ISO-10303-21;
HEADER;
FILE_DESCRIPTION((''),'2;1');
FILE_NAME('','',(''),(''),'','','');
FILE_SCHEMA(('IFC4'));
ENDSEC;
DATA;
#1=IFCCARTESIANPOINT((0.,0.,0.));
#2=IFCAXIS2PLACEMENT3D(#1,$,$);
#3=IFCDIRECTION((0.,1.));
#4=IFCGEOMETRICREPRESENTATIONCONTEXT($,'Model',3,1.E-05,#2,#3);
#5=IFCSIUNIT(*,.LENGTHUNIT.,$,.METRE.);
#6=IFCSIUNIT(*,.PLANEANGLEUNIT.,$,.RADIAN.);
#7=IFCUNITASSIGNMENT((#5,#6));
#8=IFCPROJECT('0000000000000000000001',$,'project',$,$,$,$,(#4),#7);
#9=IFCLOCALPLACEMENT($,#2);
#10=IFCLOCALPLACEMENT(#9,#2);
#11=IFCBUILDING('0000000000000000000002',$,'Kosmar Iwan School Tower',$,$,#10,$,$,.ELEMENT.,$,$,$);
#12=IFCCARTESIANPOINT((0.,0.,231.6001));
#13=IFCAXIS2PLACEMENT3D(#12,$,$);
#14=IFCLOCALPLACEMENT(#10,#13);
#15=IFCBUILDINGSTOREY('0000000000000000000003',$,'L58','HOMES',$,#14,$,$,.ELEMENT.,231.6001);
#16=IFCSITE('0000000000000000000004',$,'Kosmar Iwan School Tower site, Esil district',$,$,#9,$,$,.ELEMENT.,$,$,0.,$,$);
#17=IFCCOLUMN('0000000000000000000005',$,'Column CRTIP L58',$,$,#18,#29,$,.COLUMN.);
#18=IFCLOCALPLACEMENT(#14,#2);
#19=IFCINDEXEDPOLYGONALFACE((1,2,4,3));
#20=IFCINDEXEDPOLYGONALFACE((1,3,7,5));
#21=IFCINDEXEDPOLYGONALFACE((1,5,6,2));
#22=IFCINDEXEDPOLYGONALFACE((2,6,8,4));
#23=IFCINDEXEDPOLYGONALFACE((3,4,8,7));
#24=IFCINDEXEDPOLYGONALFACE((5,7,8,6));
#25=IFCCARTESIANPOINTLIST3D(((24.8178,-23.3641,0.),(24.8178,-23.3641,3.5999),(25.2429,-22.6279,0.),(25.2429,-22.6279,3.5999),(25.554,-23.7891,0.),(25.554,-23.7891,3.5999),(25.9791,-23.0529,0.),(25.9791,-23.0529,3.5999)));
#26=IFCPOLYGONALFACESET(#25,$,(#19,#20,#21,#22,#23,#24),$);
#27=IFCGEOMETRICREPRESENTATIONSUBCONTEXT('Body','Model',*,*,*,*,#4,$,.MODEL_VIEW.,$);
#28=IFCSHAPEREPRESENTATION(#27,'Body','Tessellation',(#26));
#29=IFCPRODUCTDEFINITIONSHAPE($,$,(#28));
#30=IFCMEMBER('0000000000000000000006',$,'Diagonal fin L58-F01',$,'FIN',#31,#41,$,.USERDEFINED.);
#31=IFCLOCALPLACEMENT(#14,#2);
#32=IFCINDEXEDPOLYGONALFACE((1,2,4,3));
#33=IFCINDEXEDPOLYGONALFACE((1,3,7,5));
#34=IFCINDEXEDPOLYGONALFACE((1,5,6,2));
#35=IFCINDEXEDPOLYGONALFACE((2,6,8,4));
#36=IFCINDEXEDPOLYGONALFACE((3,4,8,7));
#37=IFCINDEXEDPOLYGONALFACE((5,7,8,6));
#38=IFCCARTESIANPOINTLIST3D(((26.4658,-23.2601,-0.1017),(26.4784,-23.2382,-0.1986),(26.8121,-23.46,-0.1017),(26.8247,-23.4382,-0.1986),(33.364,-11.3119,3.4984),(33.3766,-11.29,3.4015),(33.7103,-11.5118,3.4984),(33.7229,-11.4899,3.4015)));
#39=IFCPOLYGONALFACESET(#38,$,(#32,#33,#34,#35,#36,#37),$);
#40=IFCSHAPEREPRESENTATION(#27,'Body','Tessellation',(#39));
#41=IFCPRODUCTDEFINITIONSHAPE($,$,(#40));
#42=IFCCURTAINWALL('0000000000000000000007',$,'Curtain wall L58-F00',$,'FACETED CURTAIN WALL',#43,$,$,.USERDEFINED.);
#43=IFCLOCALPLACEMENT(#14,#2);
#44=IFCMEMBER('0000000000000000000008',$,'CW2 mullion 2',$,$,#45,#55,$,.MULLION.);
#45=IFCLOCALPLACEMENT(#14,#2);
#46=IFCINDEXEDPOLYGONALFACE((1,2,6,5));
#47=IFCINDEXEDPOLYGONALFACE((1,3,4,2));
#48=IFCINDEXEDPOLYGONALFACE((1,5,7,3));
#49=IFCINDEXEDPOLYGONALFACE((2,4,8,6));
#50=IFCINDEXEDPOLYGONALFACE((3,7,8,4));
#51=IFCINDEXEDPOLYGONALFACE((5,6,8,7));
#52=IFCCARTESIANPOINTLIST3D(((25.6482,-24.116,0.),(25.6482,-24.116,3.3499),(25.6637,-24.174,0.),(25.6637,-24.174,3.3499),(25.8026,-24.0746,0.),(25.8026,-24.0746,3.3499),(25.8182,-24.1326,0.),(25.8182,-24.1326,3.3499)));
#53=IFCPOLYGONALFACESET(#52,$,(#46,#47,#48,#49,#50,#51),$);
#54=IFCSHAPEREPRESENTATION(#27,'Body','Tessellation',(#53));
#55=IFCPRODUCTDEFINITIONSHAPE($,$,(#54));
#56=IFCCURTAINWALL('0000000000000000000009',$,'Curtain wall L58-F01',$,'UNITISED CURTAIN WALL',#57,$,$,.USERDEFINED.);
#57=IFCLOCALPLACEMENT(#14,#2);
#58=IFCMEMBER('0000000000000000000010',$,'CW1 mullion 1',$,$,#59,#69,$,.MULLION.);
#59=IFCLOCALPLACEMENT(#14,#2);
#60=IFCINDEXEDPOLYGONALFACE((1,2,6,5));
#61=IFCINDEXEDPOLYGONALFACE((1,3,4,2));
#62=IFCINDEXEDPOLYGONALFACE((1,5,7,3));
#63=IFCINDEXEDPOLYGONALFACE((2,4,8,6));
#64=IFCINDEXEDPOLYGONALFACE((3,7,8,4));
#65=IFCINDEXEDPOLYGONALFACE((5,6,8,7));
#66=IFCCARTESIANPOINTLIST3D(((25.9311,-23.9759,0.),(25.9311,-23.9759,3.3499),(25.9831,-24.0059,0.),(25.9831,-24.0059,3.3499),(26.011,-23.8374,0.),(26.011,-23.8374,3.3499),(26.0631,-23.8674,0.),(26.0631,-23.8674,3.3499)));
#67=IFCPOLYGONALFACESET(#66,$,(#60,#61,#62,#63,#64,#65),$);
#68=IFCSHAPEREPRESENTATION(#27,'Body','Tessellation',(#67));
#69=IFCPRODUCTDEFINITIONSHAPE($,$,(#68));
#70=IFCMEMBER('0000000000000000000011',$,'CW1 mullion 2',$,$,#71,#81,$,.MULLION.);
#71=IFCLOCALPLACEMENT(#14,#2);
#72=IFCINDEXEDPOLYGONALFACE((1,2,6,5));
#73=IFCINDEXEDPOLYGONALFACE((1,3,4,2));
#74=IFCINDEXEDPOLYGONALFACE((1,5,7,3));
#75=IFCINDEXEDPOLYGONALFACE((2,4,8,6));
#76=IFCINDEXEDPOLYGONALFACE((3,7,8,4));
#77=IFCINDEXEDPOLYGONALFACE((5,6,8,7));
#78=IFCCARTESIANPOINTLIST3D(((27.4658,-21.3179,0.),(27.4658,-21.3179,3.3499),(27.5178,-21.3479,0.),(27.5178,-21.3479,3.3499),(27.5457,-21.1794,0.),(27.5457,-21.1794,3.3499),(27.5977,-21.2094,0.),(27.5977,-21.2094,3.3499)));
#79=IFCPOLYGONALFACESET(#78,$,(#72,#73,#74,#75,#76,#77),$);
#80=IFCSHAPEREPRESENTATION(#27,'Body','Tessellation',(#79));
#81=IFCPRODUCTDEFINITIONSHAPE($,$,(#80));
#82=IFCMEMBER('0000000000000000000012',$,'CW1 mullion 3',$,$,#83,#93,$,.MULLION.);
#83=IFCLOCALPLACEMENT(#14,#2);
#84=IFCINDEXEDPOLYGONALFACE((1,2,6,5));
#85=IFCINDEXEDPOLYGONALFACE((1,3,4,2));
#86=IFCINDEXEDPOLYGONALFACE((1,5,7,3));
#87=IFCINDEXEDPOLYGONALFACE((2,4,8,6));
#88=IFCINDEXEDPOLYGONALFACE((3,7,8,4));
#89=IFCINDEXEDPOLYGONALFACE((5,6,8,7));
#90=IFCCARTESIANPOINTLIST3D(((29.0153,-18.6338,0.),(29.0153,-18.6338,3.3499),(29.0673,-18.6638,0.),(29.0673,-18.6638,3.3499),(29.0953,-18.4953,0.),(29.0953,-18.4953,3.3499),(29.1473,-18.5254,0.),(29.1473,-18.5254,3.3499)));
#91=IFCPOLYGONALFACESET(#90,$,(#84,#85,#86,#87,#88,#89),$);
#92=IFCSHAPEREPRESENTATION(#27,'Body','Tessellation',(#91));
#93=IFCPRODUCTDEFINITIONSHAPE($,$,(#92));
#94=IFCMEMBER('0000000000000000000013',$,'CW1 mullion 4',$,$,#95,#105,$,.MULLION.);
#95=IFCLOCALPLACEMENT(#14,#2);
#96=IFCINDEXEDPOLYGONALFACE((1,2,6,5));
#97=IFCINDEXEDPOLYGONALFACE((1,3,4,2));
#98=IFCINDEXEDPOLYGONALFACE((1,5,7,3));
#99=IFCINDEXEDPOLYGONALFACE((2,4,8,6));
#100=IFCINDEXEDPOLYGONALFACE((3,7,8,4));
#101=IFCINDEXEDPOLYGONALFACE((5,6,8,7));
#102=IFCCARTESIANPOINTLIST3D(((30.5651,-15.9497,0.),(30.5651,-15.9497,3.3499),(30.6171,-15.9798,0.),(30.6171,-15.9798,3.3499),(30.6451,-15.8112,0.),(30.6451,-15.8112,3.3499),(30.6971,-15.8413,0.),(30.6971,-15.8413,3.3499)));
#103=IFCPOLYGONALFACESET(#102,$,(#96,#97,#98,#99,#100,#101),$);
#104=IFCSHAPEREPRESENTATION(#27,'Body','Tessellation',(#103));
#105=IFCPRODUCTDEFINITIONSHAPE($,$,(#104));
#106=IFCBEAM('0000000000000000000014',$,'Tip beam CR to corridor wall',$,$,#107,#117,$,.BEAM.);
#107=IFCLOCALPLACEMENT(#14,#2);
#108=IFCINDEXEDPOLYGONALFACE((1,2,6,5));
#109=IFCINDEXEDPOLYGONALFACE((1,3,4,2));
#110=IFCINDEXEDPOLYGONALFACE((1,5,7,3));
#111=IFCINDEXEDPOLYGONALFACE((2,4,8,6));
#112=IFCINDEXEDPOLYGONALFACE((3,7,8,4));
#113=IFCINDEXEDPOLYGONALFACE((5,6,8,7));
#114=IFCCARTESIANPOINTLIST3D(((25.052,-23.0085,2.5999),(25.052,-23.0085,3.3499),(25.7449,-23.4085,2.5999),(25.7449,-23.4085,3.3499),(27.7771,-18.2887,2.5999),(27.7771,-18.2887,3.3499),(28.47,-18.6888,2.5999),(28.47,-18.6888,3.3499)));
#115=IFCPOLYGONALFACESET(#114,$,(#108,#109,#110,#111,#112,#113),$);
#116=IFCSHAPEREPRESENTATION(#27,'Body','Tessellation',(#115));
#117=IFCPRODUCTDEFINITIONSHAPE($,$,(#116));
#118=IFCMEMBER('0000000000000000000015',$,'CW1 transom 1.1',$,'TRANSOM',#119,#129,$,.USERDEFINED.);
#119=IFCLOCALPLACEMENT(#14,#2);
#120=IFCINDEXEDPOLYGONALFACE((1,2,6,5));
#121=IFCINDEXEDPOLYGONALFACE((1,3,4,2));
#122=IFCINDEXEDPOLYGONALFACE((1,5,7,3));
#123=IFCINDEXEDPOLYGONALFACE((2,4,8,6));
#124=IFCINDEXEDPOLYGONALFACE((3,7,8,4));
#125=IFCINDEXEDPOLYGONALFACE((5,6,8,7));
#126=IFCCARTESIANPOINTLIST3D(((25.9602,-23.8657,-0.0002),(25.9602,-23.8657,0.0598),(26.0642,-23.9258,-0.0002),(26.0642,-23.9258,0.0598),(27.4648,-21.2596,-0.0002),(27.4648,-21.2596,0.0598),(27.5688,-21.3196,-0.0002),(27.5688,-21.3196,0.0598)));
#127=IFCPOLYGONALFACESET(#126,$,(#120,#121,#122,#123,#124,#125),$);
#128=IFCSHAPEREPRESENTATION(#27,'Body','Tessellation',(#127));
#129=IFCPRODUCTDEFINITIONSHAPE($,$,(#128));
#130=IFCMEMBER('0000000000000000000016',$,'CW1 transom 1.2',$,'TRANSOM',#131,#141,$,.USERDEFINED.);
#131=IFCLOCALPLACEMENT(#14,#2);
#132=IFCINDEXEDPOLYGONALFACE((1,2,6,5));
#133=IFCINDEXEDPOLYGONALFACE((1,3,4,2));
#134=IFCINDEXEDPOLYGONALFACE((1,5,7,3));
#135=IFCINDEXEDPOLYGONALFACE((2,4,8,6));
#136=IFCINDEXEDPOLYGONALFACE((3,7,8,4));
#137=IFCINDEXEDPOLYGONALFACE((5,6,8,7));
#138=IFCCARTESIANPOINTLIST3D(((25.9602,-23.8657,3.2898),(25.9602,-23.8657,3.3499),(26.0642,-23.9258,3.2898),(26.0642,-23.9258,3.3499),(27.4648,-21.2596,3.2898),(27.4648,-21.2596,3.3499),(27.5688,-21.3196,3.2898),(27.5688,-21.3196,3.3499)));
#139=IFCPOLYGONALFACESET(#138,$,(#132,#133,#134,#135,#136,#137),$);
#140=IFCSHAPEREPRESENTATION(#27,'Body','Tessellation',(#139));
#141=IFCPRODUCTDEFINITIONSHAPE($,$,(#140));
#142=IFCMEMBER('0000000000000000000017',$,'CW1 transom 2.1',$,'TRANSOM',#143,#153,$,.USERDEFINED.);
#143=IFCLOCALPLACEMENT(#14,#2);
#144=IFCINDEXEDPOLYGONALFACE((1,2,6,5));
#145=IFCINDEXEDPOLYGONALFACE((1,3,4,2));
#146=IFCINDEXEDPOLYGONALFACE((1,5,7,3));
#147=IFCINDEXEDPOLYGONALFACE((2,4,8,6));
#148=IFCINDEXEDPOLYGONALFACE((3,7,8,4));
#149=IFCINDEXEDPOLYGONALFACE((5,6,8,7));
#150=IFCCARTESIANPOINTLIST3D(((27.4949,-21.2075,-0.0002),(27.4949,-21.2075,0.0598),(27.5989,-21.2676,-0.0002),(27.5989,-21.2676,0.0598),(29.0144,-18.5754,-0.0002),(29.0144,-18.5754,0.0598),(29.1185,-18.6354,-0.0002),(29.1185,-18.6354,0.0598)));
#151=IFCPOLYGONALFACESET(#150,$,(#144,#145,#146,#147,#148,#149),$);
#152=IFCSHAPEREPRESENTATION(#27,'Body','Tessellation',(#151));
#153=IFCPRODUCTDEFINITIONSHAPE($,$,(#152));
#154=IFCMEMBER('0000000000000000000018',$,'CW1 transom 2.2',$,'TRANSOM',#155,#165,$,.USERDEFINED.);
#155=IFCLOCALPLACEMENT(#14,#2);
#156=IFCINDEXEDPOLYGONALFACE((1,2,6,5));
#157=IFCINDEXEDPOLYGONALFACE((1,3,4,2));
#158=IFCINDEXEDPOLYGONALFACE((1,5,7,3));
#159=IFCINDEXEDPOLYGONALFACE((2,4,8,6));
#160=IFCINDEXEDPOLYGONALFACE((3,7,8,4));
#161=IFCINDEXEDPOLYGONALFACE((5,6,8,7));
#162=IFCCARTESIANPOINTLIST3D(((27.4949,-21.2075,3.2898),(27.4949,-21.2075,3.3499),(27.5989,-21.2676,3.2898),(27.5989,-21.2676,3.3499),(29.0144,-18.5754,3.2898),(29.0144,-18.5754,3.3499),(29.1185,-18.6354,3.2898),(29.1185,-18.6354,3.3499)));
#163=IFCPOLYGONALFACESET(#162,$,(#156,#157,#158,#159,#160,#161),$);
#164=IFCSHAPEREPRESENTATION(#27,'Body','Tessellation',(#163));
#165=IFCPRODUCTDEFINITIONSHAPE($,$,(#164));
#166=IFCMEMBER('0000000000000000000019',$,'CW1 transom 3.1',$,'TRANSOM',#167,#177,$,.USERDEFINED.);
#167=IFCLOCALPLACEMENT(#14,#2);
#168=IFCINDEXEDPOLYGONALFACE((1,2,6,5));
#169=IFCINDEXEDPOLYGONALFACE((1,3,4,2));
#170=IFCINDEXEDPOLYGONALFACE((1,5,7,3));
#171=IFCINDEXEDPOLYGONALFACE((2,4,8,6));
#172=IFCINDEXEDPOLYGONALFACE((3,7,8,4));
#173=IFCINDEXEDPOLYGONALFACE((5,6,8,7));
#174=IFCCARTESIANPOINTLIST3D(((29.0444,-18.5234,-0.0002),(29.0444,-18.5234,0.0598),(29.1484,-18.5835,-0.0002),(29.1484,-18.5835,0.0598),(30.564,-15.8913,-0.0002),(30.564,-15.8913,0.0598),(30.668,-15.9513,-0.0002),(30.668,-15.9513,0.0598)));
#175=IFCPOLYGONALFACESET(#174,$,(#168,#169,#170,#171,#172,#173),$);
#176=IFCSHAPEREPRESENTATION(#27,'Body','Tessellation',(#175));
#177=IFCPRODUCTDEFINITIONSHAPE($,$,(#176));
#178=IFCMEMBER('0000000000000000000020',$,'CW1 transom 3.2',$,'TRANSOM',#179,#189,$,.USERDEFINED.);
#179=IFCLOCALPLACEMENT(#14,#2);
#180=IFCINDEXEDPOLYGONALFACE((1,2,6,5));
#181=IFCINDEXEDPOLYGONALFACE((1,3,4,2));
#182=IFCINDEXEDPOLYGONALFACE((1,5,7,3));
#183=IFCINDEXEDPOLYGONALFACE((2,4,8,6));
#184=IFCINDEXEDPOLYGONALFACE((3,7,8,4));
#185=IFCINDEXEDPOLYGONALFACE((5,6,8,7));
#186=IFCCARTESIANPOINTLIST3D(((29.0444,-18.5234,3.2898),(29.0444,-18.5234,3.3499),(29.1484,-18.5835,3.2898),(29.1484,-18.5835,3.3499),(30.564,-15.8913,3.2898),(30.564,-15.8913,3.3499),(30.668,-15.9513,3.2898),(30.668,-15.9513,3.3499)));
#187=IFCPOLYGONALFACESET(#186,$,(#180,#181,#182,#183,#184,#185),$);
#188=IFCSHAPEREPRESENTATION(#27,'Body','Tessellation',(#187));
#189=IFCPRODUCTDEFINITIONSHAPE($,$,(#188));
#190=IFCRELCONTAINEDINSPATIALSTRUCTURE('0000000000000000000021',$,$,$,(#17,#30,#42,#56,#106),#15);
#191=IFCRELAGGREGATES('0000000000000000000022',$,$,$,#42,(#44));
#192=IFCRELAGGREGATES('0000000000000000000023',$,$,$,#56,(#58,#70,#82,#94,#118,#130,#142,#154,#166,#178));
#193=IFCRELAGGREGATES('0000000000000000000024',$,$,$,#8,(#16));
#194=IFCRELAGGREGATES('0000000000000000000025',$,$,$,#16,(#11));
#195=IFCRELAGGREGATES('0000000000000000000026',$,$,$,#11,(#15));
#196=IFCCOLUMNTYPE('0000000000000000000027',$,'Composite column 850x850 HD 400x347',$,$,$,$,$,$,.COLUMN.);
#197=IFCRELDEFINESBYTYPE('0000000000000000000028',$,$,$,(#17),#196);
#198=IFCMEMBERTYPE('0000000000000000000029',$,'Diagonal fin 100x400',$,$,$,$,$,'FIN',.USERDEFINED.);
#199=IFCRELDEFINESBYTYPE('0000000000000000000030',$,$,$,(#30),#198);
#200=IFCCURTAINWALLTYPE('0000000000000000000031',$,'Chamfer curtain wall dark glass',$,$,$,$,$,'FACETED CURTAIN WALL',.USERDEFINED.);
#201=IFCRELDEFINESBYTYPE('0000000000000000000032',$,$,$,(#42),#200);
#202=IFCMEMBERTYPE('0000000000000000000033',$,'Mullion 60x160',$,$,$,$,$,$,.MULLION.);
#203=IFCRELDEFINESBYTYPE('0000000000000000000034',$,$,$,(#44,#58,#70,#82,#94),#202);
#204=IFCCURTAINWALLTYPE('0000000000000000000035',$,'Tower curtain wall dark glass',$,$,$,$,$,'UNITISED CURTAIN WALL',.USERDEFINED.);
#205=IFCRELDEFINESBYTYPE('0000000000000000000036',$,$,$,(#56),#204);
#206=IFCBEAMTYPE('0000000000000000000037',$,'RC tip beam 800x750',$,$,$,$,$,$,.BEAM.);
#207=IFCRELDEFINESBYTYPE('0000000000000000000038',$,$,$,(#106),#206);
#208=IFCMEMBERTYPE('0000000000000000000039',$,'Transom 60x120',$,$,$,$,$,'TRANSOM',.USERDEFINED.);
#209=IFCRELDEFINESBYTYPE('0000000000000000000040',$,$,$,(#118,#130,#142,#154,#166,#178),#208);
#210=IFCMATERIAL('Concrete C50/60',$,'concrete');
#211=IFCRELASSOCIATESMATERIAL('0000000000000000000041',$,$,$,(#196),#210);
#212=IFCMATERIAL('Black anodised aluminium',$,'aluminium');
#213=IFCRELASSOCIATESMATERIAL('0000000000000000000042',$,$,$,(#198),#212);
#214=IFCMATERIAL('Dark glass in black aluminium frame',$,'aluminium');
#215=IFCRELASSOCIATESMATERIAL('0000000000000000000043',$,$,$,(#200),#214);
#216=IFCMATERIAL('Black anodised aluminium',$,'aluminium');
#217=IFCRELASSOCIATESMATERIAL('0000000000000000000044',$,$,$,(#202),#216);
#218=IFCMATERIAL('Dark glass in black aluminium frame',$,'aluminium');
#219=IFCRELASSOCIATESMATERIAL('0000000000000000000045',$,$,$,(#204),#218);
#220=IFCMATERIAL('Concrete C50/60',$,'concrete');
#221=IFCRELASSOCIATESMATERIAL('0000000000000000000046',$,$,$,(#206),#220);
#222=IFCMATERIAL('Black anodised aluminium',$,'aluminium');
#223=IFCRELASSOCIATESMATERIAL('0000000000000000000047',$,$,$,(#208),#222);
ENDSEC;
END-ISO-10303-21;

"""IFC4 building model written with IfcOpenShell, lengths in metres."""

from ifc_helpers import new_model, si_unit, direction, frame, origin, origin_2d, place, context, subcontext, project, spatial, rectangle, extrude, material, material_profile, profile_set, type_object, element, aggregate, save


model = new_model("IFC4")

# Units and contexts
model_context = context("Model", 3, precision=1e-05, world=origin(), true_north=direction((0.0, 1.0)))
body_context = subcontext(model_context, "Body", "Model", "MODEL_VIEW")
ifc_project = project(units=[si_unit("LENGTHUNIT", "METRE"), si_unit("PLANEANGLEUNIT", "RADIAN")], contexts=[model_context])

# Site, building, storey
site_placement = place(None, origin())
site = spatial("IfcSite", under=ifc_project, at=site_placement, Name="Kosmar Iwan School Tower site, Esil district", CompositionType="ELEMENT", RefElevation=0.0)
building_placement = place(site_placement, origin())
building = spatial("IfcBuilding", under=site, at=building_placement, Name="Kosmar Iwan School Tower", CompositionType="ELEMENT")
storey_placement = place(building_placement, frame((0.0, 0.0, 231.6001)))
storey = spatial("IfcBuildingStorey", under=building, at=storey_placement, Name="L58", Description="HOMES", CompositionType="ELEMENT", Elevation=231.6001)

# Column
ifc_material_1 = material(Name="Concrete C50/60", Category="concrete")
ifc_material_profile_1 = material_profile(ifc_material_1, rectangle(XDim=0.8501, YDim=0.8501, at=origin_2d()), Name="RC 850x850 + HD 400x347")
ifc_profile_set_1 = profile_set([ifc_material_profile_1], Name="Concrete C50/60")
column_type = type_object("IfcColumnType", Name="Composite column 850x850 HD 400x347", PredefinedType="COLUMN", material=ifc_profile_set_1)
column_placement = place(storey_placement, frame((25.3984, -23.2085, 0.0), z_axis=(0.0, 0.0, 1.0), x_axis=(0.866025, -0.5, 0.0)))
element("IfcColumn", 1, at=column_placement, inside=storey, type_object=column_type, Name="Column CRTIP L58", PredefinedType="COLUMN", context=body_context, shape_type="SweptSolid", body=[
    extrude(rectangle(XDim=0.8501, YDim=0.8501, at=origin_2d()), origin(), (0.0, 0.0, 1.0), 3.5999),
])

# Member
ifc_material_2 = material(Name="Black anodised aluminium", Category="aluminium")
ifc_material_profile_2 = material_profile(ifc_material_2, rectangle(XDim=0.1001, YDim=0.3999, at=origin_2d()), Name="FIN 100x400")
ifc_profile_set_2 = profile_set([ifc_material_profile_2], Name="Black anodised aluminium")
member_type_1 = type_object("IfcMemberType", Name="Diagonal fin 100x400", ElementType="FIN", PredefinedType="USERDEFINED", material=ifc_profile_set_2)
member_1_placement = place(storey_placement, frame((26.6453, -23.3491, -0.1501), z_axis=(0.483793, 0.83797, 0.252487), x_axis=(-0.126242, -0.218661, 0.9676)))
element("IfcMember", 2, at=member_1_placement, inside=storey, type_object=member_type_1, Name="Diagonal fin L58-F01", ObjectType="FIN", PredefinedType="USERDEFINED", context=body_context, shape_type="SweptSolid", body=[
    extrude(rectangle(XDim=0.1001, YDim=0.3999, at=origin_2d()), origin(), (0.0, 0.0, 1.0), 14.2585),
])

# Curtain wall, member
ifc_material_3 = material(Name="Dark glass in black aluminium frame", Category="aluminium")
curtain_wall_type_1 = type_object("IfcCurtainWallType", Name="Chamfer curtain wall dark glass", ElementType="FACETED CURTAIN WALL", PredefinedType="USERDEFINED", material=ifc_material_3)
curtain_wall_1_placement = place(storey_placement, origin())
curtain_wall_1 = element("IfcCurtainWall", 3, at=curtain_wall_1_placement, inside=storey, type_object=curtain_wall_type_1, Name="Curtain wall L58-F00", ObjectType="FACETED CURTAIN WALL", PredefinedType="USERDEFINED")
ifc_material_4 = material(Name="Black anodised aluminium", Category="aluminium")
ifc_material_profile_3 = material_profile(ifc_material_4, rectangle(XDim=0.0601, YDim=0.1599, at=origin_2d()), Name="MULLION 60x160")
ifc_profile_set_3 = profile_set([ifc_material_profile_3], Name="Black anodised aluminium")
member_type_2 = type_object("IfcMemberType", Name="Mullion 60x160", PredefinedType="MULLION", material=ifc_profile_set_3)
member_2_placement = place(storey_placement, frame((25.7332, -24.1243, 0.0), z_axis=(0.0, 0.0, 1.0), x_axis=(-0.258819, 0.965926, 0.0)))
member_2 = element("IfcMember", 4, at=member_2_placement, type_object=member_type_2, Name="CW2 mullion 2", PredefinedType="MULLION", context=body_context, shape_type="SweptSolid", body=[
    extrude(rectangle(XDim=0.0601, YDim=0.1599, at=origin_2d()), origin(), (0.0, 0.0, 1.0), 3.3499),
])
aggregate(curtain_wall_1, [member_2])

# Curtain wall, members
ifc_material_5 = material(Name="Dark glass in black aluminium frame", Category="aluminium")
curtain_wall_type_2 = type_object("IfcCurtainWallType", Name="Tower curtain wall dark glass", ElementType="UNITISED CURTAIN WALL", PredefinedType="USERDEFINED", material=ifc_material_5)
curtain_wall_2_placement = place(storey_placement, origin())
curtain_wall_2 = element("IfcCurtainWall", 5, at=curtain_wall_2_placement, inside=storey, type_object=curtain_wall_type_2, Name="Curtain wall L58-F01", ObjectType="UNITISED CURTAIN WALL", PredefinedType="USERDEFINED")
member_3_placement = place(storey_placement, frame((25.9971, -23.9216, 0.0), z_axis=(0.0, 0.0, 1.0), x_axis=(-0.866025, 0.5, 0.0)))
member_3 = element("IfcMember", 6, at=member_3_placement, type_object=member_type_2, Name="CW1 mullion 1", PredefinedType="MULLION", context=body_context, shape_type="SweptSolid", body=[
    extrude(rectangle(XDim=0.0601, YDim=0.1599, at=origin_2d()), origin(), (0.0, 0.0, 1.0), 3.3499),
])
member_4_placement = place(storey_placement, frame((27.5317, -21.2637, 0.0), z_axis=(0.0, 0.0, 1.0), x_axis=(-0.866025, 0.5, 0.0)))
member_4 = element("IfcMember", 7, at=member_4_placement, type_object=member_type_2, Name="CW1 mullion 2", PredefinedType="MULLION", context=body_context, shape_type="SweptSolid", body=[
    extrude(rectangle(XDim=0.0601, YDim=0.1599, at=origin_2d()), origin(), (0.0, 0.0, 1.0), 3.3499),
])
member_5_placement = place(storey_placement, frame((29.0813, -18.5796, 0.0), z_axis=(0.0, 0.0, 1.0), x_axis=(-0.866025, 0.5, 0.0)))
member_5 = element("IfcMember", 8, at=member_5_placement, type_object=member_type_2, Name="CW1 mullion 3", PredefinedType="MULLION", context=body_context, shape_type="SweptSolid", body=[
    extrude(rectangle(XDim=0.0601, YDim=0.1599, at=origin_2d()), origin(), (0.0, 0.0, 1.0), 3.3499),
])
member_6_placement = place(storey_placement, frame((30.6311, -15.8955, 0.0), z_axis=(0.0, 0.0, 1.0), x_axis=(-0.866025, 0.5, 0.0)))
member_6 = element("IfcMember", 9, at=member_6_placement, type_object=member_type_2, Name="CW1 mullion 4", PredefinedType="MULLION", context=body_context, shape_type="SweptSolid", body=[
    extrude(rectangle(XDim=0.0601, YDim=0.1599, at=origin_2d()), origin(), (0.0, 0.0, 1.0), 3.3499),
])

# Beam
ifc_material_6 = material(Name="Concrete C50/60", Category="concrete")
ifc_material_profile_4 = material_profile(ifc_material_6, rectangle(XDim=0.8, YDim=0.75, at=origin_2d()), Name="RC 800x750")
ifc_profile_set_4 = profile_set([ifc_material_profile_4], Name="Concrete C50/60")
beam_type = type_object("IfcBeamType", Name="RC tip beam 800x750", PredefinedType="BEAM", material=ifc_profile_set_4)
beam_placement = place(storey_placement, frame((25.3984, -23.2085, 2.9749), z_axis=(0.500022, 0.866013, 0.0), x_axis=(-0.866013, 0.500022, 0.0)))
element("IfcBeam", 10, at=beam_placement, inside=storey, type_object=beam_type, Name="Tip beam CR to corridor wall", PredefinedType="BEAM", context=body_context, shape_type="SweptSolid", body=[
    extrude(rectangle(XDim=0.8, YDim=0.75, at=origin_2d()), origin(), (0.0, 0.0, 1.0), 5.45),
])

# Members
ifc_material_7 = material(Name="Black anodised aluminium", Category="aluminium")
ifc_material_profile_5 = material_profile(ifc_material_7, rectangle(XDim=0.1201, YDim=0.0601, at=origin_2d()), Name="TRANSOM 60x120")
ifc_profile_set_5 = profile_set([ifc_material_profile_5], Name="Black anodised aluminium")
member_type_3 = type_object("IfcMemberType", Name="Transom 60x120", ElementType="TRANSOM", PredefinedType="USERDEFINED", material=ifc_profile_set_5)
member_7_placement = place(storey_placement, frame((26.0122, -23.8958, 0.0298), z_axis=(0.499987, 0.866033, 0.0), x_axis=(-0.866033, 0.499987, 0.0)))
member_7 = element("IfcMember", 11, at=member_7_placement, type_object=member_type_3, Name="CW1 transom 1.1", ObjectType="TRANSOM", PredefinedType="USERDEFINED", context=body_context, shape_type="SweptSolid", body=[
    extrude(rectangle(XDim=0.1201, YDim=0.0601, at=origin_2d()), origin(), (0.0, 0.0, 1.0), 3.0093),
])
member_8_placement = place(storey_placement, frame((26.0122, -23.8958, 3.3198), z_axis=(0.499987, 0.866033, 0.0), x_axis=(-0.866033, 0.499987, 0.0)))
member_8 = element("IfcMember", 12, at=member_8_placement, type_object=member_type_3, Name="CW1 transom 1.2", ObjectType="TRANSOM", PredefinedType="USERDEFINED", context=body_context, shape_type="SweptSolid", body=[
    extrude(rectangle(XDim=0.1201, YDim=0.0601, at=origin_2d()), origin(), (0.0, 0.0, 1.0), 3.0093),
])
member_9_placement = place(storey_placement, frame((27.5469, -21.2375, 0.0298), z_axis=(0.499975, 0.86604, 0.0), x_axis=(-0.86604, 0.499975, 0.0)))
member_9 = element("IfcMember", 13, at=member_9_placement, type_object=member_type_3, Name="CW1 transom 2.1", ObjectType="TRANSOM", PredefinedType="USERDEFINED", context=body_context, shape_type="SweptSolid", body=[
    extrude(rectangle(XDim=0.1201, YDim=0.0601, at=origin_2d()), origin(), (0.0, 0.0, 1.0), 3.0393),
])
member_10_placement = place(storey_placement, frame((27.5469, -21.2375, 3.3198), z_axis=(0.499975, 0.86604, 0.0), x_axis=(-0.86604, 0.499975, 0.0)))
member_10 = element("IfcMember", 14, at=member_10_placement, type_object=member_type_3, Name="CW1 transom 2.2", ObjectType="TRANSOM", PredefinedType="USERDEFINED", context=body_context, shape_type="SweptSolid", body=[
    extrude(rectangle(XDim=0.1201, YDim=0.0601, at=origin_2d()), origin(), (0.0, 0.0, 1.0), 3.0393),
])
member_11_placement = place(storey_placement, frame((29.0964, -18.5535, 0.0298), z_axis=(0.499975, 0.86604, 0.0), x_axis=(-0.86604, 0.499975, 0.0)))
member_11 = element("IfcMember", 15, at=member_11_placement, type_object=member_type_3, Name="CW1 transom 3.1", ObjectType="TRANSOM", PredefinedType="USERDEFINED", context=body_context, shape_type="SweptSolid", body=[
    extrude(rectangle(XDim=0.1201, YDim=0.0601, at=origin_2d()), origin(), (0.0, 0.0, 1.0), 3.0393),
])
member_12_placement = place(storey_placement, frame((29.0964, -18.5535, 3.3198), z_axis=(0.499975, 0.86604, 0.0), x_axis=(-0.86604, 0.499975, 0.0)))
member_12 = element("IfcMember", 16, at=member_12_placement, type_object=member_type_3, Name="CW1 transom 3.2", ObjectType="TRANSOM", PredefinedType="USERDEFINED", context=body_context, shape_type="SweptSolid", body=[
    extrude(rectangle(XDim=0.1201, YDim=0.0601, at=origin_2d()), origin(), (0.0, 0.0, 1.0), 3.0393),
])

aggregate(curtain_wall_2, [member_3, member_4, member_5, member_6, member_7, member_8, member_9, member_10, member_11, member_12])

save(model, "model.ifc")
